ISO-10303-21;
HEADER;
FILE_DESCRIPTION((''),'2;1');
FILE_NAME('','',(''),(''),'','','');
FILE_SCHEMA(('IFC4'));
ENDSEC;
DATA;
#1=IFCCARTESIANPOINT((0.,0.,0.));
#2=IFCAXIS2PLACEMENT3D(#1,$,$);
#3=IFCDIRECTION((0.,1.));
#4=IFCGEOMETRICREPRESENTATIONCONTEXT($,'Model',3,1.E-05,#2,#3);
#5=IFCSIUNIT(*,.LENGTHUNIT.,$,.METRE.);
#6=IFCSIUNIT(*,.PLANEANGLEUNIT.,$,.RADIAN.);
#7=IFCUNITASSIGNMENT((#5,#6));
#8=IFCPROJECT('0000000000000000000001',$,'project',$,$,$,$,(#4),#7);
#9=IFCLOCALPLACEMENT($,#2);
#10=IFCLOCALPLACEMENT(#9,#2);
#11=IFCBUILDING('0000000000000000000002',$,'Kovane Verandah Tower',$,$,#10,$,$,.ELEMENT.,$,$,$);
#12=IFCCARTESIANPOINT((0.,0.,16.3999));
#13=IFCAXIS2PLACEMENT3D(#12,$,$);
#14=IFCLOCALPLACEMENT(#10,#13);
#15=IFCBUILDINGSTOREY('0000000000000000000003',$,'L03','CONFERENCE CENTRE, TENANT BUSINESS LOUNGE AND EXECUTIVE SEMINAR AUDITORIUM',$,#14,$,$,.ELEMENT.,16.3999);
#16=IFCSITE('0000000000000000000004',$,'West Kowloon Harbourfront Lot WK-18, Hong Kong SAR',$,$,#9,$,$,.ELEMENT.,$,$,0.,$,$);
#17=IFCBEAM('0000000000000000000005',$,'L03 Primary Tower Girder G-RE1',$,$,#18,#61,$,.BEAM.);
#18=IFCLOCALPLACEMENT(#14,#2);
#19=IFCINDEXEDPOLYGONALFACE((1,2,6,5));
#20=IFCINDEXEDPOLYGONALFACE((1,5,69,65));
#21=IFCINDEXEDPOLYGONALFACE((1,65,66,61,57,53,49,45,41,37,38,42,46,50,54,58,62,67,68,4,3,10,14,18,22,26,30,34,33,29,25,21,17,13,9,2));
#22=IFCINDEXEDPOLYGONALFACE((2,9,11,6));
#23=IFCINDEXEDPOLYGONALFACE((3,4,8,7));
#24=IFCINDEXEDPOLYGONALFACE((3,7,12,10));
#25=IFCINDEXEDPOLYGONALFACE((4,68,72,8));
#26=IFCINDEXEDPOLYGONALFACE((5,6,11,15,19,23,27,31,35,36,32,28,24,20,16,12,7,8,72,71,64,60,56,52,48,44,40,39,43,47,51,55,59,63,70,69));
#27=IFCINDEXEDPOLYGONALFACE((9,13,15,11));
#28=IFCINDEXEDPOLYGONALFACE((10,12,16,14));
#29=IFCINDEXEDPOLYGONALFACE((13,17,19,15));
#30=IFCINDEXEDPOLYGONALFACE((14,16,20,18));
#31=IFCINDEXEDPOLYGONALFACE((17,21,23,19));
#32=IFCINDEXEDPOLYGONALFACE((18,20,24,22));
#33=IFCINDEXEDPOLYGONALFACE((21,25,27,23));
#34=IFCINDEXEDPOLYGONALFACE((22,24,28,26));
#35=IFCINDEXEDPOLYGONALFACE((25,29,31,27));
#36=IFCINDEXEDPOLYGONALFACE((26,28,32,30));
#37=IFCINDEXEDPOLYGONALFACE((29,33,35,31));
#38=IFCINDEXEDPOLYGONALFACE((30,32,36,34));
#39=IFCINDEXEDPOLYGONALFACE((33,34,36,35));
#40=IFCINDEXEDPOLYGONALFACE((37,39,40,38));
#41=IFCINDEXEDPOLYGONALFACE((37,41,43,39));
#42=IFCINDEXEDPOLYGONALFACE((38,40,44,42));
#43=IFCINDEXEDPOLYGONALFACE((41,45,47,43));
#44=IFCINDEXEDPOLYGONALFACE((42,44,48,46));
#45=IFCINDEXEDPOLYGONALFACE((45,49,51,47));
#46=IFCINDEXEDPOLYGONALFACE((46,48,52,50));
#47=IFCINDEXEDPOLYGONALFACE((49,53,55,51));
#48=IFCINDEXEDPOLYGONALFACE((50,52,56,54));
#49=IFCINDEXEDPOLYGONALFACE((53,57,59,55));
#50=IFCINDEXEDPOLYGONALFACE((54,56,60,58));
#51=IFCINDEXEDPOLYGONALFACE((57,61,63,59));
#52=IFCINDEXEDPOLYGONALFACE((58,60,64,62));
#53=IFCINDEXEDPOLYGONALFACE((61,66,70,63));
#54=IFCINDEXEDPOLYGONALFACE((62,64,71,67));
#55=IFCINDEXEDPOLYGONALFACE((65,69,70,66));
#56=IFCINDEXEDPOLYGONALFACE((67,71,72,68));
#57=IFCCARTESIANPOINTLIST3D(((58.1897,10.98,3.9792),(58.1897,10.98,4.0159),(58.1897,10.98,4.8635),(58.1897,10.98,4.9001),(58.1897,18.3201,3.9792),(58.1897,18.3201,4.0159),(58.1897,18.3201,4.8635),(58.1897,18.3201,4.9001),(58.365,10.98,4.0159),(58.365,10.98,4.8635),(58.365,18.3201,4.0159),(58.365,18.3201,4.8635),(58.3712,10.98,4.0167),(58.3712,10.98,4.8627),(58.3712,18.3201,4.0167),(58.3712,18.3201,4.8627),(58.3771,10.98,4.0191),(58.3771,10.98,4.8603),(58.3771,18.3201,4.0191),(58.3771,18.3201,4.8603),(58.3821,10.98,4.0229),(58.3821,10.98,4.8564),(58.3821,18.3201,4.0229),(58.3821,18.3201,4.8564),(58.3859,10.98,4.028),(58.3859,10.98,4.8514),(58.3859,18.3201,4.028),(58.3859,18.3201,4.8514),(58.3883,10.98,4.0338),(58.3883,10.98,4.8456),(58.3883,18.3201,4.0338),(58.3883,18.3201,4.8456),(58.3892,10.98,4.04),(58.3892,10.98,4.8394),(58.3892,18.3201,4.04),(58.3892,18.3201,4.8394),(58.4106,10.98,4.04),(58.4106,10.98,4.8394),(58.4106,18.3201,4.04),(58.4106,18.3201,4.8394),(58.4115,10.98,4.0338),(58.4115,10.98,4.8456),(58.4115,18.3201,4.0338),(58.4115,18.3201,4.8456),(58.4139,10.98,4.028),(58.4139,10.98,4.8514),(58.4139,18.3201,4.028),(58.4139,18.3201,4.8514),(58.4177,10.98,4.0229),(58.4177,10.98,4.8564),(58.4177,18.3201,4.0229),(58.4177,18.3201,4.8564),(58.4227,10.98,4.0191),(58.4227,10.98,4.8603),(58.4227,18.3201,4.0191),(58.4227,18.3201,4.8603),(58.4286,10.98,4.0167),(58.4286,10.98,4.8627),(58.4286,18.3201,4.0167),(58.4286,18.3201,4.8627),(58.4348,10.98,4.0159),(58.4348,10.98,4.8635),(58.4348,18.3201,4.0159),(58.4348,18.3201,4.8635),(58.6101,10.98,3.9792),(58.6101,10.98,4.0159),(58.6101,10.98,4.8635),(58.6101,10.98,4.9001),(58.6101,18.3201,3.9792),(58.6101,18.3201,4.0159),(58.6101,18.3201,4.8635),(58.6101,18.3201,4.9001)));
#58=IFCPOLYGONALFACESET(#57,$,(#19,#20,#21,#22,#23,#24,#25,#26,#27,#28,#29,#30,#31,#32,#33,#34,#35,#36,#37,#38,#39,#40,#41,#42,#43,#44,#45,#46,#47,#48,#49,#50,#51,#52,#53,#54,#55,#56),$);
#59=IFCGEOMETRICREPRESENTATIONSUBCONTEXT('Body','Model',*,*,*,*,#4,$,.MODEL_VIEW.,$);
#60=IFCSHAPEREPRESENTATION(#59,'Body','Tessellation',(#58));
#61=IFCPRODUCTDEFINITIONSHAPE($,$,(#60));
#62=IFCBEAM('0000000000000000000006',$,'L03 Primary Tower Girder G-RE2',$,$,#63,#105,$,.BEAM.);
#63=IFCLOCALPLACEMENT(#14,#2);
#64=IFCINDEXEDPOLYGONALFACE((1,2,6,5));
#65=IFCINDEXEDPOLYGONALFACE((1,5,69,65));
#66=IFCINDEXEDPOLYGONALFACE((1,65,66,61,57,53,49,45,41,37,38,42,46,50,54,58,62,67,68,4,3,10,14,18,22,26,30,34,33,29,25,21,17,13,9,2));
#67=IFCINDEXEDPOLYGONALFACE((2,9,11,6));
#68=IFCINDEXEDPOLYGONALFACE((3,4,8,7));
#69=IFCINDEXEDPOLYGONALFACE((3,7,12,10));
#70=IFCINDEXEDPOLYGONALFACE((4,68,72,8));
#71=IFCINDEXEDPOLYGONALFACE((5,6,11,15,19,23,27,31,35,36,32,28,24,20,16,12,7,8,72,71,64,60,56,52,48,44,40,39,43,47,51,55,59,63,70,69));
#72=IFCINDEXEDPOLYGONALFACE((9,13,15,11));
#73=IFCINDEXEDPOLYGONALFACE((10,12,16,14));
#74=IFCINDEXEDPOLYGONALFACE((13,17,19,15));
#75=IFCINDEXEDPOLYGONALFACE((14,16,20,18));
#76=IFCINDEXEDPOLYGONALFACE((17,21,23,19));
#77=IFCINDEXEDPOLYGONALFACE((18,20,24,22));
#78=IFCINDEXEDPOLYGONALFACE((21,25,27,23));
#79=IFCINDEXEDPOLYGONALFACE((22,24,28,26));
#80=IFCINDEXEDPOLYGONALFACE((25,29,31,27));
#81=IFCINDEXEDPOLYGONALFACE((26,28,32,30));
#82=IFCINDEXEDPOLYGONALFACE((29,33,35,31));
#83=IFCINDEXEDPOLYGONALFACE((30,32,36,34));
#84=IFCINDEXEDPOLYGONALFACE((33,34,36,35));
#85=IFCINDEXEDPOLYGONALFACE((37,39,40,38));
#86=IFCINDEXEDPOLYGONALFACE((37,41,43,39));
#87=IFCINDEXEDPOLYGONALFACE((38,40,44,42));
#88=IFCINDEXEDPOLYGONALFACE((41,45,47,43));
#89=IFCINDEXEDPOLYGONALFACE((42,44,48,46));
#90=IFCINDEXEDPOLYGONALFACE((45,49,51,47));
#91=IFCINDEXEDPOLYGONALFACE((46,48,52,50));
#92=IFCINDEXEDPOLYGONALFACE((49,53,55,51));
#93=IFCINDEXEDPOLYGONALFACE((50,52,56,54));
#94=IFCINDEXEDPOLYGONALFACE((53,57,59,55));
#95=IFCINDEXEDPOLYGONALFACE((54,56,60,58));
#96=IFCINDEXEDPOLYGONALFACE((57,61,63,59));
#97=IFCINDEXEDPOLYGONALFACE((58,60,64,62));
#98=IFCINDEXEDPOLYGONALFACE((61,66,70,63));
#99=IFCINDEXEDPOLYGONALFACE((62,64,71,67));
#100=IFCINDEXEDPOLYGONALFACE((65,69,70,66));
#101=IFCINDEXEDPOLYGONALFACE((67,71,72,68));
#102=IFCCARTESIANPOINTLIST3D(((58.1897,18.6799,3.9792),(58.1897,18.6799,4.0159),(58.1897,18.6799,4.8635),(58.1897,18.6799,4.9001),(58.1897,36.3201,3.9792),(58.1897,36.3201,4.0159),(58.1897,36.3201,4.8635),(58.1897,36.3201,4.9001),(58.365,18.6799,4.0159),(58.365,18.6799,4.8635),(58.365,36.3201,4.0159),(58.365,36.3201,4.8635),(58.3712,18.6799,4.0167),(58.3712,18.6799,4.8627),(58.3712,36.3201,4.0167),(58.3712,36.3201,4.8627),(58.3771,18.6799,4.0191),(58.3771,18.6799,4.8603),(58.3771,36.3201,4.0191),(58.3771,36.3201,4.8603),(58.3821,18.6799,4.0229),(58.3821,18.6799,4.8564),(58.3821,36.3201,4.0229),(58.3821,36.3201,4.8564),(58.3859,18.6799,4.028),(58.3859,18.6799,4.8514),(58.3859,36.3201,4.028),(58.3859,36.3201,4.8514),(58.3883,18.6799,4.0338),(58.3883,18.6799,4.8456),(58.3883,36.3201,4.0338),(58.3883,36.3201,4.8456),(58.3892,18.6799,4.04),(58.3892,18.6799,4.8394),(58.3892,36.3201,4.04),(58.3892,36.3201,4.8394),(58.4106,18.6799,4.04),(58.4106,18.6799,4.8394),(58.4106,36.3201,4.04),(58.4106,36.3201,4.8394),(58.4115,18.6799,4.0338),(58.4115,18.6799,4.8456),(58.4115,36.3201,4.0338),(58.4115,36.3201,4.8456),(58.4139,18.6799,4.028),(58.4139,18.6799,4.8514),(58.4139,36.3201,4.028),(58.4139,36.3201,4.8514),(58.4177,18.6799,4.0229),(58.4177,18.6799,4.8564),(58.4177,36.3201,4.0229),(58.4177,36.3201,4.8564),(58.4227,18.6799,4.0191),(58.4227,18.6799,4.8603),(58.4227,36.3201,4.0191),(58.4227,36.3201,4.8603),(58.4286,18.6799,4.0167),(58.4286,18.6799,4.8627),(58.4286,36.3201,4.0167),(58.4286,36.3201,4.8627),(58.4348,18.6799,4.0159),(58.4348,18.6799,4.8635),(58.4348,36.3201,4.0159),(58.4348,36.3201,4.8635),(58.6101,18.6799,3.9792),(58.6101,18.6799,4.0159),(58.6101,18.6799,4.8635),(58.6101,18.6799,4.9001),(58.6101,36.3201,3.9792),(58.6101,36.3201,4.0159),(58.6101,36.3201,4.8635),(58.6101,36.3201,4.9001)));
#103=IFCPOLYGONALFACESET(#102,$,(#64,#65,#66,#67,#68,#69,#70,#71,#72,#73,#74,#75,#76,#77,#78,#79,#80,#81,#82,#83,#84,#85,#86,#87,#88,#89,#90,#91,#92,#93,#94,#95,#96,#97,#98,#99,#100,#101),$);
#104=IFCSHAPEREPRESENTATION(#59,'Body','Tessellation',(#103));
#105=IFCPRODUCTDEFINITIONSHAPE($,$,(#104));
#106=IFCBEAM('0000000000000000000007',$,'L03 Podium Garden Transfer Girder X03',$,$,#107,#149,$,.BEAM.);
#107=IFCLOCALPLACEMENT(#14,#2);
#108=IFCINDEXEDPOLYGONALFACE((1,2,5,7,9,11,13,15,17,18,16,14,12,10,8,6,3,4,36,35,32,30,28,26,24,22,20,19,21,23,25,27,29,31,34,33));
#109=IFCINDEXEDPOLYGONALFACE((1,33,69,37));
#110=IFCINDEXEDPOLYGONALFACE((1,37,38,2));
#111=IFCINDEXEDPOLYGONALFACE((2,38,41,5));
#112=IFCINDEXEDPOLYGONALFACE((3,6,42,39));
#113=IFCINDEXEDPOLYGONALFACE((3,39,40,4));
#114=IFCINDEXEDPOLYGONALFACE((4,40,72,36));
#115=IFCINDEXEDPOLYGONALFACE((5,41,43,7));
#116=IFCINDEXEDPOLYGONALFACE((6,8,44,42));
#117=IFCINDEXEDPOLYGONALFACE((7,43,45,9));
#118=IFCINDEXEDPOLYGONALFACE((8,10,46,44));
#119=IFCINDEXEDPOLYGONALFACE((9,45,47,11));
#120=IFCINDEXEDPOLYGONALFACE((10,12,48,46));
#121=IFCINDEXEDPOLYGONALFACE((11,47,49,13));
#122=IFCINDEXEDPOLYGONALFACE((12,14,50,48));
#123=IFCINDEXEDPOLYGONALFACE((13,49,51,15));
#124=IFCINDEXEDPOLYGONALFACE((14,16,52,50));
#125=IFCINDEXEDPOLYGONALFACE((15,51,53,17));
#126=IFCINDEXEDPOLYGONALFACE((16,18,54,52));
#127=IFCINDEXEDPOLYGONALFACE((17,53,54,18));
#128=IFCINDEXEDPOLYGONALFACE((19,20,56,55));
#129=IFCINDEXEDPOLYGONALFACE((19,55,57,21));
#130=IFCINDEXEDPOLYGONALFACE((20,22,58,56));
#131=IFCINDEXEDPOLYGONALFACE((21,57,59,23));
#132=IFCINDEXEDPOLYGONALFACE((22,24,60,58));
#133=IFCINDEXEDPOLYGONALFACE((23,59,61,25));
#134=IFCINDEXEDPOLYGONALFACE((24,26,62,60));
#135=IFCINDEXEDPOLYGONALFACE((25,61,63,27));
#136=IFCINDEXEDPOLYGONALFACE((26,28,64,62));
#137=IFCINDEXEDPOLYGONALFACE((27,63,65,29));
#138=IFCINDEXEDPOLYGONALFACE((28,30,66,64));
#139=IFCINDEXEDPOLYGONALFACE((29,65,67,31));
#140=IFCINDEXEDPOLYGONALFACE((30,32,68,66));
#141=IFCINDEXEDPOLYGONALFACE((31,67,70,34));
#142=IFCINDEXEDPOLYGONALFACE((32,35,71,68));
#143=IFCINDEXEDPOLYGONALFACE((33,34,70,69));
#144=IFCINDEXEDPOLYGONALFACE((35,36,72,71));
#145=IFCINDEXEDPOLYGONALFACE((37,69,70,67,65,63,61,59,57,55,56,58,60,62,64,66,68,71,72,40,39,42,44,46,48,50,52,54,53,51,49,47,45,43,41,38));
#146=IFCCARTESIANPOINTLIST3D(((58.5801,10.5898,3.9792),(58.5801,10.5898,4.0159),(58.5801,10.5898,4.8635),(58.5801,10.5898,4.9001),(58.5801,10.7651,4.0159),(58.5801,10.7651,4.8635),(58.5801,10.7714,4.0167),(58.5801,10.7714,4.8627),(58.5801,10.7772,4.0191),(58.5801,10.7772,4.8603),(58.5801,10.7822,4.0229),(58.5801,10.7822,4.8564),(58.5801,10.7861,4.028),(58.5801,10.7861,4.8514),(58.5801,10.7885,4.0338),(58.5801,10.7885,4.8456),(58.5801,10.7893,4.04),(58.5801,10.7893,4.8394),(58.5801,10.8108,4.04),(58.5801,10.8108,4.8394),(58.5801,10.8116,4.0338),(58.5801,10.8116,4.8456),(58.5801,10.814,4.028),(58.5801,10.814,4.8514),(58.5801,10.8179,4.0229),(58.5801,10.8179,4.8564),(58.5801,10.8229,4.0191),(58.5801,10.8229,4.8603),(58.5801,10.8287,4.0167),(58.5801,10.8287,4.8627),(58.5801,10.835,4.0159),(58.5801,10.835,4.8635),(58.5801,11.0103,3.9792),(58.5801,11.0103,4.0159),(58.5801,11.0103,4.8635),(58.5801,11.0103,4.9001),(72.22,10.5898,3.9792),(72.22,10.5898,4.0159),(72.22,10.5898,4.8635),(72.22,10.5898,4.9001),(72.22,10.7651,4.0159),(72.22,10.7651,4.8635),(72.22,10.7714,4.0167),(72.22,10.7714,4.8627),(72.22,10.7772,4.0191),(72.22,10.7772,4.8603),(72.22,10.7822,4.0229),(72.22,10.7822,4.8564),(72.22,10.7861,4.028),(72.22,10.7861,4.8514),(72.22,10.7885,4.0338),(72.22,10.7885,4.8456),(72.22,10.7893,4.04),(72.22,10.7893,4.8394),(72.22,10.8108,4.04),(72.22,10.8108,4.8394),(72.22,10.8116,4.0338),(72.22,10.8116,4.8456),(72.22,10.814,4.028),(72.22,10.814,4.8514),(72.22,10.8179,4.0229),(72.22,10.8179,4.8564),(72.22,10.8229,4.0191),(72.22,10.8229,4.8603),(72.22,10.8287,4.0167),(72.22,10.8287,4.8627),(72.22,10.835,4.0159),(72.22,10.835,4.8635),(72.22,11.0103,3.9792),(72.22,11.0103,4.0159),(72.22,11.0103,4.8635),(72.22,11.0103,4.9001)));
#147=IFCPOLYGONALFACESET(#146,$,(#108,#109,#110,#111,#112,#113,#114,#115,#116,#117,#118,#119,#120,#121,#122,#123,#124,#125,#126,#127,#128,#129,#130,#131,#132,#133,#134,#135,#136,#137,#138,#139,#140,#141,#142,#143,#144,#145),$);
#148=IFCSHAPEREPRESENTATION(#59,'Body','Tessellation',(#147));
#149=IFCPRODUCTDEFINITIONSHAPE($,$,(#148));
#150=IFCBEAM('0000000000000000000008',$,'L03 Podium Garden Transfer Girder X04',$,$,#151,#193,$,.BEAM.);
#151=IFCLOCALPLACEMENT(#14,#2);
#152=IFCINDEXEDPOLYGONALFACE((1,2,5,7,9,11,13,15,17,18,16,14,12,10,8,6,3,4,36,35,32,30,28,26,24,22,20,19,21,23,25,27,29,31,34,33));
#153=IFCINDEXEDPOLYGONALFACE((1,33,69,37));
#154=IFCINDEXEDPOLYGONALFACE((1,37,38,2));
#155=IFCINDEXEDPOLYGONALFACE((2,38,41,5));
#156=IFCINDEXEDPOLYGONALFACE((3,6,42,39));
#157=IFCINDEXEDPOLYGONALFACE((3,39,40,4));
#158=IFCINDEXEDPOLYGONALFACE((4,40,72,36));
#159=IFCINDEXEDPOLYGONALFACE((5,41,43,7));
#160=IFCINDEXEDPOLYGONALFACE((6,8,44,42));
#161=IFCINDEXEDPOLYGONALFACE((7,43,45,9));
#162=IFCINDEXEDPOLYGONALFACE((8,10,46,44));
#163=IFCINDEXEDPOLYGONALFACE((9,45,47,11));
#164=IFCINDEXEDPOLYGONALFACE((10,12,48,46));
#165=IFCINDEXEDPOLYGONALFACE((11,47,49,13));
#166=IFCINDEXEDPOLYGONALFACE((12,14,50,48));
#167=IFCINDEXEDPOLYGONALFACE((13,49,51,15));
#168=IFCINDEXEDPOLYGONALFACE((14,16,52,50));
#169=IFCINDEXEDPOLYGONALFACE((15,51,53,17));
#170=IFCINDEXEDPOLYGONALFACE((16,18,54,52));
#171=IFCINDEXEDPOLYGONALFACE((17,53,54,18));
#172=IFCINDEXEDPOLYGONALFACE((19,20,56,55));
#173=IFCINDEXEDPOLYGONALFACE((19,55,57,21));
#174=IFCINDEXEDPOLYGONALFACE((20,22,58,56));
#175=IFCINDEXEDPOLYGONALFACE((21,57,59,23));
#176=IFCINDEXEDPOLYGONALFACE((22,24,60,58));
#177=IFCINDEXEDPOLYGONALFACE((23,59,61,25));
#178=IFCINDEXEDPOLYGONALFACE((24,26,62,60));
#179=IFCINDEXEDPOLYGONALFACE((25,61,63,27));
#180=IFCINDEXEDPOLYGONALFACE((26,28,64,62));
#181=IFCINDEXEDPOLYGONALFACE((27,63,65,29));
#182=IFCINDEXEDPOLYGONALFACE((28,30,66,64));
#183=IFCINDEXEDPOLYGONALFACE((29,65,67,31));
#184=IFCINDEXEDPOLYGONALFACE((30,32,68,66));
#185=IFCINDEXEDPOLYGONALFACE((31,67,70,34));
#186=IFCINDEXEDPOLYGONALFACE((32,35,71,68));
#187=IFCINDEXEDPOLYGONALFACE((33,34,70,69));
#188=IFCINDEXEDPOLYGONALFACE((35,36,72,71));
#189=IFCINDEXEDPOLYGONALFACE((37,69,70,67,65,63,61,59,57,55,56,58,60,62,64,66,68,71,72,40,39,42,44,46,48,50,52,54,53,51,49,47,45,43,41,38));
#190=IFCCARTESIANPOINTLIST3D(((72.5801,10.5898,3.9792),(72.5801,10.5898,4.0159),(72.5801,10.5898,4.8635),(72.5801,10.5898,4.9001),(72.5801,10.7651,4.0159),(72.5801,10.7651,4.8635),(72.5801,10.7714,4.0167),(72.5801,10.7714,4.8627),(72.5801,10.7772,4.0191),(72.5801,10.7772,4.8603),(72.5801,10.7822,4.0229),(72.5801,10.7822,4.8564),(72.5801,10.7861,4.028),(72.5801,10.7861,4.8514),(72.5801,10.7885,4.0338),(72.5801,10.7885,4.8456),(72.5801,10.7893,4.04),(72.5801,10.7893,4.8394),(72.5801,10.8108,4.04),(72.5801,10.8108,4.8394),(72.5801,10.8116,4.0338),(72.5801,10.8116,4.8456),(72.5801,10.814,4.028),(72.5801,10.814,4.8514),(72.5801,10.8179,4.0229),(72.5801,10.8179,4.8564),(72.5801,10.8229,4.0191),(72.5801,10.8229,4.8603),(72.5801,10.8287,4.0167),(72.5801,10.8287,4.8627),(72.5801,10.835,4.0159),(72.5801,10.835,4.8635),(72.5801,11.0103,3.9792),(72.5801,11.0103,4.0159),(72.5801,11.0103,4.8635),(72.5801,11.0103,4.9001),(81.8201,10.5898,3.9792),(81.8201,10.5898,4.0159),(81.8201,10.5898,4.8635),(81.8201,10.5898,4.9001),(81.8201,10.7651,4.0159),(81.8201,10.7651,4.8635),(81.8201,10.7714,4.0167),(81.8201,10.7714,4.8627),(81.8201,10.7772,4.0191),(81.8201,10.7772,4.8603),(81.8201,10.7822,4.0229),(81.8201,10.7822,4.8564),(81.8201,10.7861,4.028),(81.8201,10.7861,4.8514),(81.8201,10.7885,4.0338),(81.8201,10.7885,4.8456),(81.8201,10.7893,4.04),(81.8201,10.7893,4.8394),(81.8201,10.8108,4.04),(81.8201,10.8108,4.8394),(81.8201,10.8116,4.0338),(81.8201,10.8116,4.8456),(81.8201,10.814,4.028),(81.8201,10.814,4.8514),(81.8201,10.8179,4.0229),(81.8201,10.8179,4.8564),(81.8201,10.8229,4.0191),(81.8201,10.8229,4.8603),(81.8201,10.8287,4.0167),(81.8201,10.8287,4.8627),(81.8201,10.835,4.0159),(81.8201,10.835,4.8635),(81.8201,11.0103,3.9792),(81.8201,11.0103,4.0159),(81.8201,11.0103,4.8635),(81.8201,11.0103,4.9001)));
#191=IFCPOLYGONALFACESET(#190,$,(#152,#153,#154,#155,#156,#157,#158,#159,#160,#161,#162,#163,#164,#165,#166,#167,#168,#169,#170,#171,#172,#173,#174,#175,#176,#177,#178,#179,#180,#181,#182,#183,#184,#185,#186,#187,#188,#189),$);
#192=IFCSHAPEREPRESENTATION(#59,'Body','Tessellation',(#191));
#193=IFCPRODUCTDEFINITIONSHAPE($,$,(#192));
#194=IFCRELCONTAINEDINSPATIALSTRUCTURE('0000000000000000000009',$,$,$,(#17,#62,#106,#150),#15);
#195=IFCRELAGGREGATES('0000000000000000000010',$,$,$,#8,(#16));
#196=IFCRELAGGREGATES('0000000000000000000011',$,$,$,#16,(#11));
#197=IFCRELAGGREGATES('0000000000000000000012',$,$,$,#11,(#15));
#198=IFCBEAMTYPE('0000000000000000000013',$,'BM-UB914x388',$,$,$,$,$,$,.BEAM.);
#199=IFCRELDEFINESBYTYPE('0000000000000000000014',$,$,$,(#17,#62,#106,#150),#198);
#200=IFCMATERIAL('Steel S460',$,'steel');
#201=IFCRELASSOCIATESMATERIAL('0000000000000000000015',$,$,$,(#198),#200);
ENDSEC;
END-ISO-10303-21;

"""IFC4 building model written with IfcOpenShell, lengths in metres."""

from ifc_helpers import new_model, si_unit, direction, frame, origin, origin_2d, place, context, subcontext, project, spatial, i_section, extrude, material, material_profile, profile_set, type_object, element, save


model = new_model("IFC4")

# Units and contexts
model_context = context("Model", 3, precision=1e-05, world=origin(), true_north=direction((0.0, 1.0)))
body_context = subcontext(model_context, "Body", "Model", "MODEL_VIEW")
ifc_project = project(units=[si_unit("LENGTHUNIT", "METRE"), si_unit("PLANEANGLEUNIT", "RADIAN")], contexts=[model_context])

# Site, building, storey
site_placement = place(None, origin())
site = spatial("IfcSite", under=ifc_project, at=site_placement, Name="West Kowloon Harbourfront Lot WK-18, Hong Kong SAR", CompositionType="ELEMENT", RefElevation=0.0)
building_placement = place(site_placement, origin())
building = spatial("IfcBuilding", under=site, at=building_placement, Name="Kovane Verandah Tower", CompositionType="ELEMENT")
storey_placement = place(building_placement, frame((0.0, 0.0, 16.3999)))
storey = spatial("IfcBuildingStorey", under=building, at=storey_placement, Name="L03", Description="CONFERENCE CENTRE, TENANT BUSINESS LOUNGE AND EXECUTIVE SEMINAR AUDITORIUM", CompositionType="ELEMENT", Elevation=16.3999)

# Shared definitions
ifc_material_1 = material(Name="Steel S460", Category="steel")

# Beams
ifc_material_profile_1 = material_profile(ifc_material_1, i_section(OverallWidth=0.4204, OverallDepth=0.9209, WebThickness=0.0215, FlangeThickness=0.0366, FilletRadius=0.0242, at=origin_2d()), Name="UB914x419x388")
ifc_profile_set_1 = profile_set([ifc_material_profile_1], Name="Steel S460")
beam_type = type_object("IfcBeamType", Name="BM-UB914x388", PredefinedType="BEAM", material=ifc_profile_set_1)
beam_1_placement = place(storey_placement, frame((58.3999, 10.98, 4.4397), z_axis=(0.0, 1.0, 0.0), x_axis=(-1.0, 0.0, 0.0)))
element("IfcBeam", 1, at=beam_1_placement, inside=storey, type_object=beam_type, Name="L03 Primary Tower Girder G-RE1", PredefinedType="BEAM", context=body_context, shape_type="SweptSolid", body=[
    extrude(i_section(OverallWidth=0.4204, OverallDepth=0.9209, WebThickness=0.0215, FlangeThickness=0.0366, FilletRadius=0.0242, at=origin_2d()), origin(), (0.0, 0.0, 1.0), 7.3401),
])
beam_2_placement = place(storey_placement, frame((58.3999, 18.6799, 4.4397), z_axis=(0.0, 1.0, 0.0), x_axis=(-1.0, 0.0, 0.0)))
element("IfcBeam", 2, at=beam_2_placement, inside=storey, type_object=beam_type, Name="L03 Primary Tower Girder G-RE2", PredefinedType="BEAM", context=body_context, shape_type="SweptSolid", body=[
    extrude(i_section(OverallWidth=0.4204, OverallDepth=0.9209, WebThickness=0.0215, FlangeThickness=0.0366, FilletRadius=0.0242, at=origin_2d()), origin(), (0.0, 0.0, 1.0), 17.6401),
])
beam_3_placement = place(storey_placement, frame((58.5801, 10.8, 4.4397), z_axis=(1.0, 0.0, 0.0), x_axis=(0.0, 1.0, 0.0)))
element("IfcBeam", 3, at=beam_3_placement, inside=storey, type_object=beam_type, Name="L03 Podium Garden Transfer Girder X03", PredefinedType="BEAM", context=body_context, shape_type="SweptSolid", body=[
    extrude(i_section(OverallWidth=0.4204, OverallDepth=0.9209, WebThickness=0.0215, FlangeThickness=0.0366, FilletRadius=0.0242, at=origin_2d()), origin(), (0.0, 0.0, 1.0), 13.6399),
])
beam_4_placement = place(storey_placement, frame((72.5801, 10.8, 4.4397), z_axis=(1.0, 0.0, 0.0), x_axis=(0.0, 1.0, 0.0)))
element("IfcBeam", 4, at=beam_4_placement, inside=storey, type_object=beam_type, Name="L03 Podium Garden Transfer Girder X04", PredefinedType="BEAM", context=body_context, shape_type="SweptSolid", body=[
    extrude(i_section(OverallWidth=0.4204, OverallDepth=0.9209, WebThickness=0.0215, FlangeThickness=0.0366, FilletRadius=0.0242, at=origin_2d()), origin(), (0.0, 0.0, 1.0), 9.24),
])

save(model, "model.ifc")
